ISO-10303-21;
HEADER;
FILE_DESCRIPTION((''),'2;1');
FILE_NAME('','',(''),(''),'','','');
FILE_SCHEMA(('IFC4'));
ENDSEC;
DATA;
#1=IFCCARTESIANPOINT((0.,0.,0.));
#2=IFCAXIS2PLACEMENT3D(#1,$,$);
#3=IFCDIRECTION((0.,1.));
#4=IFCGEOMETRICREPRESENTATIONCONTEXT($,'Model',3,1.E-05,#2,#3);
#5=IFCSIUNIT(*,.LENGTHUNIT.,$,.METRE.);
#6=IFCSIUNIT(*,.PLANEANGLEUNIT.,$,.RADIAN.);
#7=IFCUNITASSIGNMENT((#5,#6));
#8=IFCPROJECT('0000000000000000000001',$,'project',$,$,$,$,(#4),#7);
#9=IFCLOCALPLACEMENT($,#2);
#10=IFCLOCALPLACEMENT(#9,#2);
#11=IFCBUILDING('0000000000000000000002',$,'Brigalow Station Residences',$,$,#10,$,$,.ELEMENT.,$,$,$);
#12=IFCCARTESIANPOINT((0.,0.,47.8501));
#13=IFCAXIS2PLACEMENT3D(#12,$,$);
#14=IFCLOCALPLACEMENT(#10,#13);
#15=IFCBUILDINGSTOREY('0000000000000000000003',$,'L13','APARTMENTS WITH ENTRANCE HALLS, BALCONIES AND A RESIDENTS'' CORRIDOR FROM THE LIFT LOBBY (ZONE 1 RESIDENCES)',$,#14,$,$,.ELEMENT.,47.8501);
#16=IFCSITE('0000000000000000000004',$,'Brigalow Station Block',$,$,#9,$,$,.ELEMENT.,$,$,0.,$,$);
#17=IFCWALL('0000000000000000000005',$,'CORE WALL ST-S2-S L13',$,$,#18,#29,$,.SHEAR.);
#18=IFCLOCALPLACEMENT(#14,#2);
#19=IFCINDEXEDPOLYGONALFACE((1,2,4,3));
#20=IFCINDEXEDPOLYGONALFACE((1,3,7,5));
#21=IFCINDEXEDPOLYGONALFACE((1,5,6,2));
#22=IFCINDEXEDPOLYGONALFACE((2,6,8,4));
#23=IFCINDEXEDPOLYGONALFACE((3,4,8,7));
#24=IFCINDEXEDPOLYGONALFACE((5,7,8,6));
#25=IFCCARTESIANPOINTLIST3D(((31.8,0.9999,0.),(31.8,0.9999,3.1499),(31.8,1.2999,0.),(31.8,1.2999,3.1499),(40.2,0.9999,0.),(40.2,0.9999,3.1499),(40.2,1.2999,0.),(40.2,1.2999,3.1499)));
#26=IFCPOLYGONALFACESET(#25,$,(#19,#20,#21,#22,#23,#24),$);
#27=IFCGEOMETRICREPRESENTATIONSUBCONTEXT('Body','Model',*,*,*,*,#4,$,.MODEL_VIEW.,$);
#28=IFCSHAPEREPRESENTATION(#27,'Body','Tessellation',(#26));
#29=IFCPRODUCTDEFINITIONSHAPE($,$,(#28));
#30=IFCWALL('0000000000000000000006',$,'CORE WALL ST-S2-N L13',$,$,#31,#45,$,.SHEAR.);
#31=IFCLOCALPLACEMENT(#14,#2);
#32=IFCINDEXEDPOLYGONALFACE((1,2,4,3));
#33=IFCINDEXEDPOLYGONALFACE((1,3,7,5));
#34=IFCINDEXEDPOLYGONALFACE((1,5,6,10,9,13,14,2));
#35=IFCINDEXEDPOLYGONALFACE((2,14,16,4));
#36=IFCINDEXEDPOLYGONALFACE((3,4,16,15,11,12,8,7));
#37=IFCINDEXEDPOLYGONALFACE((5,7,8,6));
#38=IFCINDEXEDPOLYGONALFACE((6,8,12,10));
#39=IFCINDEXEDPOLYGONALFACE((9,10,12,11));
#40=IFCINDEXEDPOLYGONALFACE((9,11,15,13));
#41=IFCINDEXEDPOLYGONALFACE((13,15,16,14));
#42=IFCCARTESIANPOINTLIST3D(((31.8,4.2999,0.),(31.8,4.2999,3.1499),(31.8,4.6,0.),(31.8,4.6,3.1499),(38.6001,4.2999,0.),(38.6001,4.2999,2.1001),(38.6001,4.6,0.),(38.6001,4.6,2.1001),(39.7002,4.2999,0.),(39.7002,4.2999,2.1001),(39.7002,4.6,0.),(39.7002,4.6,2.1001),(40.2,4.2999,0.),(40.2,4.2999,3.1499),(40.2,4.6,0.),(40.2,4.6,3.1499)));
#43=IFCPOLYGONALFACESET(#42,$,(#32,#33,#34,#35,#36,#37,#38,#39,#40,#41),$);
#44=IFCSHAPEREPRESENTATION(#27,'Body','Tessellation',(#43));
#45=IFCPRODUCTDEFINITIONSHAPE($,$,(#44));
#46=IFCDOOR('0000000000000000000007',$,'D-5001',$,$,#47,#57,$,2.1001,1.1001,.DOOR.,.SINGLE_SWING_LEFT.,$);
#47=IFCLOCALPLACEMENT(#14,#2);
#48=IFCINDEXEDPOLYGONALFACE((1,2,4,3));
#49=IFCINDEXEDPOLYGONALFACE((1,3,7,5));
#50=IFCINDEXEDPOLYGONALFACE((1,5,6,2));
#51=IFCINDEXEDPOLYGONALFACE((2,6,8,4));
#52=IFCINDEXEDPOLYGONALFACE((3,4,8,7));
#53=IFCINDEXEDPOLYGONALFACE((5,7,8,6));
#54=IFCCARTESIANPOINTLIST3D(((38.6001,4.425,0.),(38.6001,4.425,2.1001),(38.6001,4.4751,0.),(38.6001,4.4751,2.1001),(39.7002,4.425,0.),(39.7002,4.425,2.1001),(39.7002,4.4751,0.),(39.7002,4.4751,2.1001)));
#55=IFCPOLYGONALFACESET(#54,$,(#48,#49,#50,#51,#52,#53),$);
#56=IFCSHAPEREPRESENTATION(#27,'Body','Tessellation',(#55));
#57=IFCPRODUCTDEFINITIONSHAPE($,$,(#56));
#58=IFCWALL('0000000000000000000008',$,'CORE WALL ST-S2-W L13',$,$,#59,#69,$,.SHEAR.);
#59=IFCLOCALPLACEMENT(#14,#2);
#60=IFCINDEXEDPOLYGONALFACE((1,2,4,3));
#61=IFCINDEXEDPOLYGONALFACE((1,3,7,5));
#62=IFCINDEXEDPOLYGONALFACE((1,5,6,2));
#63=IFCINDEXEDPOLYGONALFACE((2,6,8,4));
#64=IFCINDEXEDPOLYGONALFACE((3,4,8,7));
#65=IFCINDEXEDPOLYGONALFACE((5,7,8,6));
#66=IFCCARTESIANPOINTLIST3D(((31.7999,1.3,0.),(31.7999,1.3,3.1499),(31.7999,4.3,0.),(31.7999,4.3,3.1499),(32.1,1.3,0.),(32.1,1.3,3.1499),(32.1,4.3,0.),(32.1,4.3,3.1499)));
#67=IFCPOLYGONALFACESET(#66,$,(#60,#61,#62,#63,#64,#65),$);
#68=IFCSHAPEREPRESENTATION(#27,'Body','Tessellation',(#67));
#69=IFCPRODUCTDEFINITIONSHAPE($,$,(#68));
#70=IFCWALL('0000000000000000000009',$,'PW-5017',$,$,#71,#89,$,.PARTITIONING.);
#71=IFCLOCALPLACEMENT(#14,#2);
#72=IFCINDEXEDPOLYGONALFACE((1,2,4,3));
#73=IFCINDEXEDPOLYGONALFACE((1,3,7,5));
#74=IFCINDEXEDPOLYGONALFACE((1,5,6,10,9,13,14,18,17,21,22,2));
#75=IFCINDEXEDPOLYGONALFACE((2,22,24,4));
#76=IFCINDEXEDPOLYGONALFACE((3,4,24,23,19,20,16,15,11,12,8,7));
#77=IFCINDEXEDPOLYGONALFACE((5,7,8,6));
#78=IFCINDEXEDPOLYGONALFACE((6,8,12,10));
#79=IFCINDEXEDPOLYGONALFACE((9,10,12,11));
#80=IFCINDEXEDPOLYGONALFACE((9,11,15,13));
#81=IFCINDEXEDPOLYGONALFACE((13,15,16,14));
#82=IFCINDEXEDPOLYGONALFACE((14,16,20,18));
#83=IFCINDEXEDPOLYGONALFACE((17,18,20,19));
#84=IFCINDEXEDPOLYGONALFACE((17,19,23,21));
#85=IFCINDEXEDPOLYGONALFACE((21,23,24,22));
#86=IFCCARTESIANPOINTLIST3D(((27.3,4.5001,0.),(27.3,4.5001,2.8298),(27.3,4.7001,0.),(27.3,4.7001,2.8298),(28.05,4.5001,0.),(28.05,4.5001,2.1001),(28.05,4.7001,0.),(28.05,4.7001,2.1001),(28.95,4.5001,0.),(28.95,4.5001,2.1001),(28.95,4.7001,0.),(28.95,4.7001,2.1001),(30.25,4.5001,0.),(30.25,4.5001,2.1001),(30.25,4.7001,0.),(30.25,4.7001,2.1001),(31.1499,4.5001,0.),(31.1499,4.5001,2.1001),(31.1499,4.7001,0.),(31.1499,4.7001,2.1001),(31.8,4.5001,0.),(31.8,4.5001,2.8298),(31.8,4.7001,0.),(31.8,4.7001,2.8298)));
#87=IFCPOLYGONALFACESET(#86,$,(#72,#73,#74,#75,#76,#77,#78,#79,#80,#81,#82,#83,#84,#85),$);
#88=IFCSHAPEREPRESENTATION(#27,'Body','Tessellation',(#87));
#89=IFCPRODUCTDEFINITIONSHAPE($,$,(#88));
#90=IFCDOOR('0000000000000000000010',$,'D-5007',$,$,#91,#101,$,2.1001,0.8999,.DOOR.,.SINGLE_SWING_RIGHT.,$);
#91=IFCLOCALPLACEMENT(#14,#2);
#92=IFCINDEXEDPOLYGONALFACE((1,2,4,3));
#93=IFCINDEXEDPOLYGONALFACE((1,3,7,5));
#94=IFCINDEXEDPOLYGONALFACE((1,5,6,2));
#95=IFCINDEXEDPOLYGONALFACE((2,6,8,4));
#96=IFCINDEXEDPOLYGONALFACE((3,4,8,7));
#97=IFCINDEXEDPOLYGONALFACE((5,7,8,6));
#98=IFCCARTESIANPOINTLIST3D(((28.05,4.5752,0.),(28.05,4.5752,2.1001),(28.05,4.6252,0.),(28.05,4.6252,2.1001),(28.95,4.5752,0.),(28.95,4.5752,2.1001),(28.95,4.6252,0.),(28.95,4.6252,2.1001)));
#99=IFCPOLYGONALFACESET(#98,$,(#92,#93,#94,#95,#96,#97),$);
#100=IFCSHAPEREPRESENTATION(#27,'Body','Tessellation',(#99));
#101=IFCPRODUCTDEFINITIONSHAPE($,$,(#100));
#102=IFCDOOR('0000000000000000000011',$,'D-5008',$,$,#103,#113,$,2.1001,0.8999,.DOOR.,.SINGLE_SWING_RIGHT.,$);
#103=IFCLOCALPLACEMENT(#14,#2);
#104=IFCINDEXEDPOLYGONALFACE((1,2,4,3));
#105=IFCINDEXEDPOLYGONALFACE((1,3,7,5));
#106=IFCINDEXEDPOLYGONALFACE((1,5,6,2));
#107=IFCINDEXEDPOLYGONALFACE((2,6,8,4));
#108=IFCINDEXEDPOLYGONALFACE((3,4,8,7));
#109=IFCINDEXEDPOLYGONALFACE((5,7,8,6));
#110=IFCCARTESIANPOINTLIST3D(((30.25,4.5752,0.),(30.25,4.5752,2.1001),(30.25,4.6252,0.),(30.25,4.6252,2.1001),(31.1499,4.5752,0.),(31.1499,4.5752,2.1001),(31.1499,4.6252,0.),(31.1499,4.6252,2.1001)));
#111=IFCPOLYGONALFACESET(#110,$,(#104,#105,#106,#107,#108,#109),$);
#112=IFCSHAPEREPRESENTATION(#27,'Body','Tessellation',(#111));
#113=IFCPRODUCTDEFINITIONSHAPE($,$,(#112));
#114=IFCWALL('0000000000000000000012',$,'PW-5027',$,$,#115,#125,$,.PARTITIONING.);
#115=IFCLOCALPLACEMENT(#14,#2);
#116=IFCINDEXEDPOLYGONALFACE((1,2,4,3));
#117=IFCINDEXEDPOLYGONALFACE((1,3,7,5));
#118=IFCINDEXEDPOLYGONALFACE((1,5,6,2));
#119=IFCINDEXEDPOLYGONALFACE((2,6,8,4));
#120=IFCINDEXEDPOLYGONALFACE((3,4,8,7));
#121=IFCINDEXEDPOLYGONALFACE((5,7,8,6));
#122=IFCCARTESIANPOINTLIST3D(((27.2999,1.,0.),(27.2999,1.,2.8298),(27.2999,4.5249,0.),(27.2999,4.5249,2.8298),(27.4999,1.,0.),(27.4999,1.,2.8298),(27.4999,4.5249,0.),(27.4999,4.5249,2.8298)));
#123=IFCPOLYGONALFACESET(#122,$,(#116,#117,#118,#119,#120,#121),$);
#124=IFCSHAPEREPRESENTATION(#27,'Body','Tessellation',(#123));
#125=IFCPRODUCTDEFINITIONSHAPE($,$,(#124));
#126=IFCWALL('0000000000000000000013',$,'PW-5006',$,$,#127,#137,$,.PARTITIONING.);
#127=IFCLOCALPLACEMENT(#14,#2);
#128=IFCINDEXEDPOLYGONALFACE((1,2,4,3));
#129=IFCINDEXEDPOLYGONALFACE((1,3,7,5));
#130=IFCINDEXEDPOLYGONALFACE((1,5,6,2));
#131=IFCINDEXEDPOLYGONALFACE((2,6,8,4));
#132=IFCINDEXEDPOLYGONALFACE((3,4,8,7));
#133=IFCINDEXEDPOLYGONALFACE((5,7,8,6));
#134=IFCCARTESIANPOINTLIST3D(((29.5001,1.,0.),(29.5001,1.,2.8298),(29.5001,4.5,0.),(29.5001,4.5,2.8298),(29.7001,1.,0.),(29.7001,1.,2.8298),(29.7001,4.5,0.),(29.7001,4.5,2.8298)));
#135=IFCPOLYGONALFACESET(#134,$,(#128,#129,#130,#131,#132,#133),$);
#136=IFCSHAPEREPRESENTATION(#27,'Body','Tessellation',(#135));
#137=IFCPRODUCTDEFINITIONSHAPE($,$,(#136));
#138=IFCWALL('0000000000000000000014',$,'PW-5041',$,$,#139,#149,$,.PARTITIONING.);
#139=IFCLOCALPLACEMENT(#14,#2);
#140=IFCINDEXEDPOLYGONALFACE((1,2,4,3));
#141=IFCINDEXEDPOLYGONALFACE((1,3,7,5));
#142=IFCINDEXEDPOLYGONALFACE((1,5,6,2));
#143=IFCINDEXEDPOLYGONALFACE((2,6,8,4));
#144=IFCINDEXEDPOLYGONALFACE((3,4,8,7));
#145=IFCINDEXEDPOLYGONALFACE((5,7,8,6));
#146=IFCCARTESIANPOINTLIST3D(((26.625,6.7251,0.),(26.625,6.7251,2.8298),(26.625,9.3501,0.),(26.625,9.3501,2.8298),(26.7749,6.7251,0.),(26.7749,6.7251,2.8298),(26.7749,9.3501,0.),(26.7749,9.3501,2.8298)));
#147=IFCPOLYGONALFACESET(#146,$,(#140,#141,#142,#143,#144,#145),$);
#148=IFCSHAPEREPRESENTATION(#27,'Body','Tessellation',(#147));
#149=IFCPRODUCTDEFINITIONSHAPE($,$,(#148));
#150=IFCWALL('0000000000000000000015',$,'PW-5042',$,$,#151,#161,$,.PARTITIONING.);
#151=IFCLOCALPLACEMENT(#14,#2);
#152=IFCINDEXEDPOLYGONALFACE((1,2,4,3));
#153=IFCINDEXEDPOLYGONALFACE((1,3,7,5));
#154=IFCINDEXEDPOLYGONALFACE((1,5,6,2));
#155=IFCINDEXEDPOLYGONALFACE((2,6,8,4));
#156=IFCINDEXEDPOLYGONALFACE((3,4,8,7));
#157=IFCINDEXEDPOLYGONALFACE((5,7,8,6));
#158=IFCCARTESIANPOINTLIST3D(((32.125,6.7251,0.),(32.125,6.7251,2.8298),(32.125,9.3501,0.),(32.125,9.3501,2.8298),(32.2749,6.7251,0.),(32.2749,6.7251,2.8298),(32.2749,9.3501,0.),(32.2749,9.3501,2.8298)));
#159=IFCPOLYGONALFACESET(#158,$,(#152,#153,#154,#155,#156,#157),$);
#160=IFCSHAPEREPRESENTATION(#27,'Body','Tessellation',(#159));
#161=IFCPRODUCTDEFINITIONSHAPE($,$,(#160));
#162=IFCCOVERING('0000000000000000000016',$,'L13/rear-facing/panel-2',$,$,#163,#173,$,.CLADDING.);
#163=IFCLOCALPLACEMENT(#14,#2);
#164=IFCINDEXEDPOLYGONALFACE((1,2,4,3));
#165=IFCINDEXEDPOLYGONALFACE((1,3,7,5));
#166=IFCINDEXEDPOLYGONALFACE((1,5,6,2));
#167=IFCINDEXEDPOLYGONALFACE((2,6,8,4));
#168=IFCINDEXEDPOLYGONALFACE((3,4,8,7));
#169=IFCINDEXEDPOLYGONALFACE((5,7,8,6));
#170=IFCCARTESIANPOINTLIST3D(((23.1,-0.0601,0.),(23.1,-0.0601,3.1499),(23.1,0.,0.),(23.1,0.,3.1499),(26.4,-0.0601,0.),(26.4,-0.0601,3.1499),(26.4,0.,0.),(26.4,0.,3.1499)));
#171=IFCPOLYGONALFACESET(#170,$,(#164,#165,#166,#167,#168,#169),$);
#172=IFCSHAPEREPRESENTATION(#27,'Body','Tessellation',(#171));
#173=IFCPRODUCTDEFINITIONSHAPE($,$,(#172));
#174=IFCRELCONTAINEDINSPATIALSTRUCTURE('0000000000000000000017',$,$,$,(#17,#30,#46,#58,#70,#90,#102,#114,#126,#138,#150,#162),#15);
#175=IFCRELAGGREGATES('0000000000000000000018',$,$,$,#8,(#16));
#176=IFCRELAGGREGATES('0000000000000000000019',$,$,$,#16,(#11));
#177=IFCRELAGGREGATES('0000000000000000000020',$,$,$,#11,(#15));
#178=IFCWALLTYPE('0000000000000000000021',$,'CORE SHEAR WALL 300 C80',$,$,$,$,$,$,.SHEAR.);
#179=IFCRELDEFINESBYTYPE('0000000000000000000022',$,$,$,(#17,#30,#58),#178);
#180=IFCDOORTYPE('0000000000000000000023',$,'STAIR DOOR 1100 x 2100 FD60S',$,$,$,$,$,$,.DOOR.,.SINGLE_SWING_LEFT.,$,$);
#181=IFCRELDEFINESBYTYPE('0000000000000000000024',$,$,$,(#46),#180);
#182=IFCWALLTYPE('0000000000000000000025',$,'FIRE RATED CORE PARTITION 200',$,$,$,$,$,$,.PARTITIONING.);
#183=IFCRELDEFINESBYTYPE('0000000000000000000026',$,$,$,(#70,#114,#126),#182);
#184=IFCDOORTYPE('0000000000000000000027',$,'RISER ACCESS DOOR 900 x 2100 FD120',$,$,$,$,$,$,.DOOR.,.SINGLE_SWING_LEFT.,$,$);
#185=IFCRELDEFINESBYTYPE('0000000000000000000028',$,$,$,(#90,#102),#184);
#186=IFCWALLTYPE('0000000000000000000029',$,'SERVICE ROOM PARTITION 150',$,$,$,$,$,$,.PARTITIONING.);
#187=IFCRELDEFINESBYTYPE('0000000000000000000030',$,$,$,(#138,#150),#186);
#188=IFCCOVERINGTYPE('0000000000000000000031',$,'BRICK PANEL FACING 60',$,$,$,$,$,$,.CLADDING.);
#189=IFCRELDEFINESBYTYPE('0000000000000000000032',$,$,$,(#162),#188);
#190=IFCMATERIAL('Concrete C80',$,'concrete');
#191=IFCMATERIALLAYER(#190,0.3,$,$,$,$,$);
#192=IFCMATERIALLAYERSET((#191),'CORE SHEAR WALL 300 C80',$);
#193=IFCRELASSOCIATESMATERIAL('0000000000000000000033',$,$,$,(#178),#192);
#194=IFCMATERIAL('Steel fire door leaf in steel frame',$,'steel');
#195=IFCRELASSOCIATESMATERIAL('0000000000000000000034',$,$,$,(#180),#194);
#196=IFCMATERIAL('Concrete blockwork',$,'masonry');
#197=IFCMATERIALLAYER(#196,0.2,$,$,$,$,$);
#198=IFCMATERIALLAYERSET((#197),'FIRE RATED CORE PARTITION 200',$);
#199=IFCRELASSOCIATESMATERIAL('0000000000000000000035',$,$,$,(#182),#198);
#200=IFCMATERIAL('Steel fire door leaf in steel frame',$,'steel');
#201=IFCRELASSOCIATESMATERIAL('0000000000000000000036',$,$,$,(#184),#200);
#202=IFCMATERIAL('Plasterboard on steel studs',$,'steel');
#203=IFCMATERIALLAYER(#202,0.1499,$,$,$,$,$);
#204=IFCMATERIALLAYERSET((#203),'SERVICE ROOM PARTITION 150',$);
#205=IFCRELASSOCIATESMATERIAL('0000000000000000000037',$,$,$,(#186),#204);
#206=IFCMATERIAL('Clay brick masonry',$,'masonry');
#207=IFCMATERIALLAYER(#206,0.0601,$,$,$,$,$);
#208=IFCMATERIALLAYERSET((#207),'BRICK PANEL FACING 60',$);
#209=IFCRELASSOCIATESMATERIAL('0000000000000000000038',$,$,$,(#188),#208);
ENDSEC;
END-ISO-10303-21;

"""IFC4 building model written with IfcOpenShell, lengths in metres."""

from ifc_helpers import new_model, si_unit, direction, frame, frame_2d, origin, origin_2d, place, context, subcontext, project, spatial, rectangle, extrude, material, layer, layer_set, type_object, element, fill, save


model = new_model("IFC4")

# Units and contexts
model_context = context("Model", 3, precision=1e-05, world=origin(), true_north=direction((0.0, 1.0)))
body_context = subcontext(model_context, "Body", "Model", "MODEL_VIEW")
ifc_project = project(units=[si_unit("LENGTHUNIT", "METRE"), si_unit("PLANEANGLEUNIT", "RADIAN")], contexts=[model_context])

# Site, building, storey
site_placement = place(None, origin())
site = spatial("IfcSite", under=ifc_project, at=site_placement, Name="Brigalow Station Block", CompositionType="ELEMENT", RefElevation=0.0)
building_placement = place(site_placement, origin())
building = spatial("IfcBuilding", under=site, at=building_placement, Name="Brigalow Station Residences", CompositionType="ELEMENT")
storey_placement = place(building_placement, frame((0.0, 0.0, 47.8501)))
storey = spatial("IfcBuildingStorey", under=building, at=storey_placement, Name="L13", Description="APARTMENTS WITH ENTRANCE HALLS, BALCONIES AND A RESIDENTS' CORRIDOR FROM THE LIFT LOBBY (ZONE 1 RESIDENCES)", CompositionType="ELEMENT", Elevation=47.8501)

# Wall
ifc_material_1 = material(Name="Concrete C80", Category="concrete")
ifc_layer_1 = layer(ifc_material_1, 0.3)
ifc_layer_set_1 = layer_set([ifc_layer_1], Name="CORE SHEAR WALL 300 C80")
wall_type_1 = type_object("IfcWallType", Name="CORE SHEAR WALL 300 C80", PredefinedType="SHEAR", material=ifc_layer_set_1)
wall_1_placement = place(storey_placement, frame((31.8, 1.1499, 0.0), z_axis=(0.0, 0.0, 1.0), x_axis=(1.0, 0.0, 0.0)))
element("IfcWall", 1, at=wall_1_placement, inside=storey, type_object=wall_type_1, Name="CORE WALL ST-S2-S L13", PredefinedType="SHEAR", context=body_context, shape_type="SweptSolid", body=[
    extrude(rectangle(XDim=8.3999, YDim=0.3, at=frame_2d((4.2, 0.0))), origin(), (0.0, 0.0, 1.0), 3.1499),
])

# Wall, opening, door
wall_2_placement = place(storey_placement, frame((31.8, 4.45, 0.0), z_axis=(0.0, 0.0, 1.0), x_axis=(1.0, 0.0, 0.0)))
wall_2 = element("IfcWall", 2, at=wall_2_placement, inside=storey, type_object=wall_type_1, Name="CORE WALL ST-S2-N L13", PredefinedType="SHEAR", context=body_context, shape_type="SweptSolid", body=[
    extrude(rectangle(XDim=8.3999, YDim=0.3, at=frame_2d((4.2, 0.0))), origin(), (0.0, 0.0, 1.0), 3.1499),
])
opening_1_placement = place(wall_2_placement, frame((6.8, 0.0, 0.0)))
opening_1 = element("IfcOpeningElement", 3, at=opening_1_placement, cuts=wall_2, PredefinedType="OPENING", context=body_context, shape_type="SweptSolid", body=[
    extrude(rectangle(XDim=1.1001, YDim=2.1001, at=frame_2d((0.55, 1.05))), frame((0.0, 0.1602, 0.0), z_axis=(0.0, -1.0, 0.0), x_axis=(1.0, 0.0, 0.0)), (0.0, 0.0, 1.0), 0.3201),
])
ifc_material_2 = material(Name="Steel fire door leaf in steel frame", Category="steel")
door_type_1 = type_object("IfcDoorType", Name="STAIR DOOR 1100 x 2100 FD60S", OperationType="SINGLE_SWING_LEFT", PredefinedType="DOOR", material=ifc_material_2)
door_1_placement = place(opening_1_placement, frame((1.1001, 0.0, 0.0), z_axis=(0.0, 0.0, 1.0), x_axis=(-1.0, 0.0, 0.0)))
door_1 = element("IfcDoor", 4, at=door_1_placement, inside=storey, type_object=door_type_1, Name="D-5001", OperationType="SINGLE_SWING_LEFT", OverallHeight=2.1001, OverallWidth=1.1001, PredefinedType="DOOR", context=body_context, shape_type="SweptSolid", body=[
    extrude(rectangle(XDim=1.1001, YDim=2.1001, at=frame_2d((0.55, 1.05))), frame((0.0, 0.0249, 0.0), z_axis=(0.0, -1.0, 0.0), x_axis=(1.0, 0.0, 0.0)), (0.0, 0.0, 1.0), 0.05),
])
fill(opening_1, door_1)

# Wall
wall_3_placement = place(storey_placement, frame((31.95, 1.3, 0.0), z_axis=(0.0, 0.0, 1.0), x_axis=(0.0, 1.0, 0.0)))
element("IfcWall", 5, at=wall_3_placement, inside=storey, type_object=wall_type_1, Name="CORE WALL ST-S2-W L13", PredefinedType="SHEAR", context=body_context, shape_type="SweptSolid", body=[
    extrude(rectangle(XDim=3.0, YDim=0.3, at=frame_2d((1.5, 0.0))), origin(), (0.0, 0.0, 1.0), 3.1499),
])

# Wall, openings, doors
ifc_material_3 = material(Name="Concrete blockwork", Category="masonry")
ifc_layer_2 = layer(ifc_material_3, 0.2)
ifc_layer_set_2 = layer_set([ifc_layer_2], Name="FIRE RATED CORE PARTITION 200")
wall_type_2 = type_object("IfcWallType", Name="FIRE RATED CORE PARTITION 200", PredefinedType="PARTITIONING", material=ifc_layer_set_2)
wall_4_placement = place(storey_placement, frame((27.3, 4.6001, 0.0), z_axis=(0.0, 0.0, 1.0), x_axis=(1.0, 0.0, 0.0)))
wall_4 = element("IfcWall", 6, at=wall_4_placement, inside=storey, type_object=wall_type_2, Name="PW-5017", PredefinedType="PARTITIONING", context=body_context, shape_type="SweptSolid", body=[
    extrude(rectangle(XDim=4.5, YDim=0.2, at=frame_2d((2.25, 0.0))), origin(), (0.0, 0.0, 1.0), 2.8298),
])
opening_2_placement = place(wall_4_placement, frame((0.75, 0.0, 0.0)))
opening_2 = element("IfcOpeningElement", 7, at=opening_2_placement, cuts=wall_4, PredefinedType="OPENING", context=body_context, shape_type="SweptSolid", body=[
    extrude(rectangle(XDim=0.8999, YDim=2.1001, at=frame_2d((0.45, 1.05))), frame((0.0, 0.1099, 0.0), z_axis=(0.0, -1.0, 0.0), x_axis=(1.0, 0.0, 0.0)), (0.0, 0.0, 1.0), 0.22),
])
opening_3_placement = place(wall_4_placement, frame((2.95, 0.0, 0.0)))
opening_3 = element("IfcOpeningElement", 8, at=opening_3_placement, cuts=wall_4, PredefinedType="OPENING", context=body_context, shape_type="SweptSolid", body=[
    extrude(rectangle(XDim=0.8999, YDim=2.1001, at=frame_2d((0.45, 1.05))), frame((0.0, 0.1099, 0.0), z_axis=(0.0, -1.0, 0.0), x_axis=(1.0, 0.0, 0.0)), (0.0, 0.0, 1.0), 0.22),
])
ifc_material_4 = material(Name="Steel fire door leaf in steel frame", Category="steel")
door_type_2 = type_object("IfcDoorType", Name="RISER ACCESS DOOR 900 x 2100 FD120", OperationType="SINGLE_SWING_LEFT", PredefinedType="DOOR", material=ifc_material_4)
door_2_placement = place(opening_2_placement, frame((0.8999, 0.0, 0.0), z_axis=(0.0, 0.0, 1.0), x_axis=(-1.0, 0.0, 0.0)))
door_2 = element("IfcDoor", 9, at=door_2_placement, inside=storey, type_object=door_type_2, Name="D-5007", OperationType="SINGLE_SWING_RIGHT", OverallHeight=2.1001, OverallWidth=0.8999, PredefinedType="DOOR", context=body_context, shape_type="SweptSolid", body=[
    extrude(rectangle(XDim=0.8999, YDim=2.1001, at=frame_2d((0.45, 1.05))), frame((0.0, 0.0249, 0.0), z_axis=(0.0, -1.0, 0.0), x_axis=(1.0, 0.0, 0.0)), (0.0, 0.0, 1.0), 0.05),
])
fill(opening_2, door_2)
door_3_placement = place(opening_3_placement, frame((0.8999, 0.0, 0.0), z_axis=(0.0, 0.0, 1.0), x_axis=(-1.0, 0.0, 0.0)))
door_3 = element("IfcDoor", 10, at=door_3_placement, inside=storey, type_object=door_type_2, Name="D-5008", OperationType="SINGLE_SWING_RIGHT", OverallHeight=2.1001, OverallWidth=0.8999, PredefinedType="DOOR", context=body_context, shape_type="SweptSolid", body=[
    extrude(rectangle(XDim=0.8999, YDim=2.1001, at=frame_2d((0.45, 1.05))), frame((0.0, 0.0249, 0.0), z_axis=(0.0, -1.0, 0.0), x_axis=(1.0, 0.0, 0.0)), (0.0, 0.0, 1.0), 0.05),
])
fill(opening_3, door_3)

# Walls
wall_5_placement = place(storey_placement, frame((27.3999, 1.0, 0.0), z_axis=(0.0, 0.0, 1.0), x_axis=(0.0, 1.0, 0.0)))
element("IfcWall", 11, at=wall_5_placement, inside=storey, type_object=wall_type_2, Name="PW-5027", PredefinedType="PARTITIONING", context=body_context, shape_type="SweptSolid", body=[
    extrude(rectangle(XDim=3.5249, YDim=0.2, at=frame_2d((1.7625, 0.0))), origin(), (0.0, 0.0, 1.0), 2.8298),
])
wall_6_placement = place(storey_placement, frame((29.6001, 1.0, 0.0), z_axis=(0.0, 0.0, 1.0), x_axis=(0.0, 1.0, 0.0)))
element("IfcWall", 12, at=wall_6_placement, inside=storey, type_object=wall_type_2, Name="PW-5006", PredefinedType="PARTITIONING", context=body_context, shape_type="SweptSolid", body=[
    extrude(rectangle(XDim=3.5, YDim=0.2, at=frame_2d((1.75, 0.0))), origin(), (0.0, 0.0, 1.0), 2.8298),
])
ifc_material_5 = material(Name="Plasterboard on steel studs", Category="steel")
ifc_layer_3 = layer(ifc_material_5, 0.1499)
ifc_layer_set_3 = layer_set([ifc_layer_3], Name="SERVICE ROOM PARTITION 150")
wall_type_3 = type_object("IfcWallType", Name="SERVICE ROOM PARTITION 150", PredefinedType="PARTITIONING", material=ifc_layer_set_3)
for number, where, z_axis, x_axis, name in (
    (13, (26.7, 6.7251, 0.0), (0.0, 0.0, 1.0), (0.0, 1.0, 0.0), "PW-5041"),
    (14, (32.2, 6.7251, 0.0), (0.0, 0.0, 1.0), (0.0, 1.0, 0.0), "PW-5042"),
):
    element("IfcWall", number, at=place(storey_placement, frame(where, z_axis=z_axis, x_axis=x_axis)), inside=storey, type_object=wall_type_3, Name=name, PredefinedType="PARTITIONING", context=body_context, shape_type="SweptSolid", body=[
        extrude(rectangle(XDim=2.625, YDim=0.1499, at=frame_2d((1.3125, 0.0))), origin(), (0.0, 0.0, 1.0), 2.8298),
    ])

# Covering
ifc_material_6 = material(Name="Clay brick masonry", Category="masonry")
ifc_layer_4 = layer(ifc_material_6, 0.0601)
ifc_layer_set_4 = layer_set([ifc_layer_4], Name="BRICK PANEL FACING 60")
covering_type_1 = type_object("IfcCoveringType", Name="BRICK PANEL FACING 60", PredefinedType="CLADDING", material=ifc_layer_set_4)
for number, where, z_axis, x_axis, name in (
    (15, (24.75, -0.03, 0.0), (0.0, 0.0, 1.0), (1.0, 0.0, 0.0), "L13/rear-facing/panel-2"),
):
    element("IfcCovering", number, at=place(storey_placement, frame(where, z_axis=z_axis, x_axis=x_axis)), inside=storey, type_object=covering_type_1, Name=name, PredefinedType="CLADDING", context=body_context, shape_type="SweptSolid", body=[
        extrude(rectangle(XDim=3.3, YDim=0.0601, at=origin_2d()), origin(), (0.0, 0.0, 1.0), 3.1499),
    ])

save(model, "model.ifc")
